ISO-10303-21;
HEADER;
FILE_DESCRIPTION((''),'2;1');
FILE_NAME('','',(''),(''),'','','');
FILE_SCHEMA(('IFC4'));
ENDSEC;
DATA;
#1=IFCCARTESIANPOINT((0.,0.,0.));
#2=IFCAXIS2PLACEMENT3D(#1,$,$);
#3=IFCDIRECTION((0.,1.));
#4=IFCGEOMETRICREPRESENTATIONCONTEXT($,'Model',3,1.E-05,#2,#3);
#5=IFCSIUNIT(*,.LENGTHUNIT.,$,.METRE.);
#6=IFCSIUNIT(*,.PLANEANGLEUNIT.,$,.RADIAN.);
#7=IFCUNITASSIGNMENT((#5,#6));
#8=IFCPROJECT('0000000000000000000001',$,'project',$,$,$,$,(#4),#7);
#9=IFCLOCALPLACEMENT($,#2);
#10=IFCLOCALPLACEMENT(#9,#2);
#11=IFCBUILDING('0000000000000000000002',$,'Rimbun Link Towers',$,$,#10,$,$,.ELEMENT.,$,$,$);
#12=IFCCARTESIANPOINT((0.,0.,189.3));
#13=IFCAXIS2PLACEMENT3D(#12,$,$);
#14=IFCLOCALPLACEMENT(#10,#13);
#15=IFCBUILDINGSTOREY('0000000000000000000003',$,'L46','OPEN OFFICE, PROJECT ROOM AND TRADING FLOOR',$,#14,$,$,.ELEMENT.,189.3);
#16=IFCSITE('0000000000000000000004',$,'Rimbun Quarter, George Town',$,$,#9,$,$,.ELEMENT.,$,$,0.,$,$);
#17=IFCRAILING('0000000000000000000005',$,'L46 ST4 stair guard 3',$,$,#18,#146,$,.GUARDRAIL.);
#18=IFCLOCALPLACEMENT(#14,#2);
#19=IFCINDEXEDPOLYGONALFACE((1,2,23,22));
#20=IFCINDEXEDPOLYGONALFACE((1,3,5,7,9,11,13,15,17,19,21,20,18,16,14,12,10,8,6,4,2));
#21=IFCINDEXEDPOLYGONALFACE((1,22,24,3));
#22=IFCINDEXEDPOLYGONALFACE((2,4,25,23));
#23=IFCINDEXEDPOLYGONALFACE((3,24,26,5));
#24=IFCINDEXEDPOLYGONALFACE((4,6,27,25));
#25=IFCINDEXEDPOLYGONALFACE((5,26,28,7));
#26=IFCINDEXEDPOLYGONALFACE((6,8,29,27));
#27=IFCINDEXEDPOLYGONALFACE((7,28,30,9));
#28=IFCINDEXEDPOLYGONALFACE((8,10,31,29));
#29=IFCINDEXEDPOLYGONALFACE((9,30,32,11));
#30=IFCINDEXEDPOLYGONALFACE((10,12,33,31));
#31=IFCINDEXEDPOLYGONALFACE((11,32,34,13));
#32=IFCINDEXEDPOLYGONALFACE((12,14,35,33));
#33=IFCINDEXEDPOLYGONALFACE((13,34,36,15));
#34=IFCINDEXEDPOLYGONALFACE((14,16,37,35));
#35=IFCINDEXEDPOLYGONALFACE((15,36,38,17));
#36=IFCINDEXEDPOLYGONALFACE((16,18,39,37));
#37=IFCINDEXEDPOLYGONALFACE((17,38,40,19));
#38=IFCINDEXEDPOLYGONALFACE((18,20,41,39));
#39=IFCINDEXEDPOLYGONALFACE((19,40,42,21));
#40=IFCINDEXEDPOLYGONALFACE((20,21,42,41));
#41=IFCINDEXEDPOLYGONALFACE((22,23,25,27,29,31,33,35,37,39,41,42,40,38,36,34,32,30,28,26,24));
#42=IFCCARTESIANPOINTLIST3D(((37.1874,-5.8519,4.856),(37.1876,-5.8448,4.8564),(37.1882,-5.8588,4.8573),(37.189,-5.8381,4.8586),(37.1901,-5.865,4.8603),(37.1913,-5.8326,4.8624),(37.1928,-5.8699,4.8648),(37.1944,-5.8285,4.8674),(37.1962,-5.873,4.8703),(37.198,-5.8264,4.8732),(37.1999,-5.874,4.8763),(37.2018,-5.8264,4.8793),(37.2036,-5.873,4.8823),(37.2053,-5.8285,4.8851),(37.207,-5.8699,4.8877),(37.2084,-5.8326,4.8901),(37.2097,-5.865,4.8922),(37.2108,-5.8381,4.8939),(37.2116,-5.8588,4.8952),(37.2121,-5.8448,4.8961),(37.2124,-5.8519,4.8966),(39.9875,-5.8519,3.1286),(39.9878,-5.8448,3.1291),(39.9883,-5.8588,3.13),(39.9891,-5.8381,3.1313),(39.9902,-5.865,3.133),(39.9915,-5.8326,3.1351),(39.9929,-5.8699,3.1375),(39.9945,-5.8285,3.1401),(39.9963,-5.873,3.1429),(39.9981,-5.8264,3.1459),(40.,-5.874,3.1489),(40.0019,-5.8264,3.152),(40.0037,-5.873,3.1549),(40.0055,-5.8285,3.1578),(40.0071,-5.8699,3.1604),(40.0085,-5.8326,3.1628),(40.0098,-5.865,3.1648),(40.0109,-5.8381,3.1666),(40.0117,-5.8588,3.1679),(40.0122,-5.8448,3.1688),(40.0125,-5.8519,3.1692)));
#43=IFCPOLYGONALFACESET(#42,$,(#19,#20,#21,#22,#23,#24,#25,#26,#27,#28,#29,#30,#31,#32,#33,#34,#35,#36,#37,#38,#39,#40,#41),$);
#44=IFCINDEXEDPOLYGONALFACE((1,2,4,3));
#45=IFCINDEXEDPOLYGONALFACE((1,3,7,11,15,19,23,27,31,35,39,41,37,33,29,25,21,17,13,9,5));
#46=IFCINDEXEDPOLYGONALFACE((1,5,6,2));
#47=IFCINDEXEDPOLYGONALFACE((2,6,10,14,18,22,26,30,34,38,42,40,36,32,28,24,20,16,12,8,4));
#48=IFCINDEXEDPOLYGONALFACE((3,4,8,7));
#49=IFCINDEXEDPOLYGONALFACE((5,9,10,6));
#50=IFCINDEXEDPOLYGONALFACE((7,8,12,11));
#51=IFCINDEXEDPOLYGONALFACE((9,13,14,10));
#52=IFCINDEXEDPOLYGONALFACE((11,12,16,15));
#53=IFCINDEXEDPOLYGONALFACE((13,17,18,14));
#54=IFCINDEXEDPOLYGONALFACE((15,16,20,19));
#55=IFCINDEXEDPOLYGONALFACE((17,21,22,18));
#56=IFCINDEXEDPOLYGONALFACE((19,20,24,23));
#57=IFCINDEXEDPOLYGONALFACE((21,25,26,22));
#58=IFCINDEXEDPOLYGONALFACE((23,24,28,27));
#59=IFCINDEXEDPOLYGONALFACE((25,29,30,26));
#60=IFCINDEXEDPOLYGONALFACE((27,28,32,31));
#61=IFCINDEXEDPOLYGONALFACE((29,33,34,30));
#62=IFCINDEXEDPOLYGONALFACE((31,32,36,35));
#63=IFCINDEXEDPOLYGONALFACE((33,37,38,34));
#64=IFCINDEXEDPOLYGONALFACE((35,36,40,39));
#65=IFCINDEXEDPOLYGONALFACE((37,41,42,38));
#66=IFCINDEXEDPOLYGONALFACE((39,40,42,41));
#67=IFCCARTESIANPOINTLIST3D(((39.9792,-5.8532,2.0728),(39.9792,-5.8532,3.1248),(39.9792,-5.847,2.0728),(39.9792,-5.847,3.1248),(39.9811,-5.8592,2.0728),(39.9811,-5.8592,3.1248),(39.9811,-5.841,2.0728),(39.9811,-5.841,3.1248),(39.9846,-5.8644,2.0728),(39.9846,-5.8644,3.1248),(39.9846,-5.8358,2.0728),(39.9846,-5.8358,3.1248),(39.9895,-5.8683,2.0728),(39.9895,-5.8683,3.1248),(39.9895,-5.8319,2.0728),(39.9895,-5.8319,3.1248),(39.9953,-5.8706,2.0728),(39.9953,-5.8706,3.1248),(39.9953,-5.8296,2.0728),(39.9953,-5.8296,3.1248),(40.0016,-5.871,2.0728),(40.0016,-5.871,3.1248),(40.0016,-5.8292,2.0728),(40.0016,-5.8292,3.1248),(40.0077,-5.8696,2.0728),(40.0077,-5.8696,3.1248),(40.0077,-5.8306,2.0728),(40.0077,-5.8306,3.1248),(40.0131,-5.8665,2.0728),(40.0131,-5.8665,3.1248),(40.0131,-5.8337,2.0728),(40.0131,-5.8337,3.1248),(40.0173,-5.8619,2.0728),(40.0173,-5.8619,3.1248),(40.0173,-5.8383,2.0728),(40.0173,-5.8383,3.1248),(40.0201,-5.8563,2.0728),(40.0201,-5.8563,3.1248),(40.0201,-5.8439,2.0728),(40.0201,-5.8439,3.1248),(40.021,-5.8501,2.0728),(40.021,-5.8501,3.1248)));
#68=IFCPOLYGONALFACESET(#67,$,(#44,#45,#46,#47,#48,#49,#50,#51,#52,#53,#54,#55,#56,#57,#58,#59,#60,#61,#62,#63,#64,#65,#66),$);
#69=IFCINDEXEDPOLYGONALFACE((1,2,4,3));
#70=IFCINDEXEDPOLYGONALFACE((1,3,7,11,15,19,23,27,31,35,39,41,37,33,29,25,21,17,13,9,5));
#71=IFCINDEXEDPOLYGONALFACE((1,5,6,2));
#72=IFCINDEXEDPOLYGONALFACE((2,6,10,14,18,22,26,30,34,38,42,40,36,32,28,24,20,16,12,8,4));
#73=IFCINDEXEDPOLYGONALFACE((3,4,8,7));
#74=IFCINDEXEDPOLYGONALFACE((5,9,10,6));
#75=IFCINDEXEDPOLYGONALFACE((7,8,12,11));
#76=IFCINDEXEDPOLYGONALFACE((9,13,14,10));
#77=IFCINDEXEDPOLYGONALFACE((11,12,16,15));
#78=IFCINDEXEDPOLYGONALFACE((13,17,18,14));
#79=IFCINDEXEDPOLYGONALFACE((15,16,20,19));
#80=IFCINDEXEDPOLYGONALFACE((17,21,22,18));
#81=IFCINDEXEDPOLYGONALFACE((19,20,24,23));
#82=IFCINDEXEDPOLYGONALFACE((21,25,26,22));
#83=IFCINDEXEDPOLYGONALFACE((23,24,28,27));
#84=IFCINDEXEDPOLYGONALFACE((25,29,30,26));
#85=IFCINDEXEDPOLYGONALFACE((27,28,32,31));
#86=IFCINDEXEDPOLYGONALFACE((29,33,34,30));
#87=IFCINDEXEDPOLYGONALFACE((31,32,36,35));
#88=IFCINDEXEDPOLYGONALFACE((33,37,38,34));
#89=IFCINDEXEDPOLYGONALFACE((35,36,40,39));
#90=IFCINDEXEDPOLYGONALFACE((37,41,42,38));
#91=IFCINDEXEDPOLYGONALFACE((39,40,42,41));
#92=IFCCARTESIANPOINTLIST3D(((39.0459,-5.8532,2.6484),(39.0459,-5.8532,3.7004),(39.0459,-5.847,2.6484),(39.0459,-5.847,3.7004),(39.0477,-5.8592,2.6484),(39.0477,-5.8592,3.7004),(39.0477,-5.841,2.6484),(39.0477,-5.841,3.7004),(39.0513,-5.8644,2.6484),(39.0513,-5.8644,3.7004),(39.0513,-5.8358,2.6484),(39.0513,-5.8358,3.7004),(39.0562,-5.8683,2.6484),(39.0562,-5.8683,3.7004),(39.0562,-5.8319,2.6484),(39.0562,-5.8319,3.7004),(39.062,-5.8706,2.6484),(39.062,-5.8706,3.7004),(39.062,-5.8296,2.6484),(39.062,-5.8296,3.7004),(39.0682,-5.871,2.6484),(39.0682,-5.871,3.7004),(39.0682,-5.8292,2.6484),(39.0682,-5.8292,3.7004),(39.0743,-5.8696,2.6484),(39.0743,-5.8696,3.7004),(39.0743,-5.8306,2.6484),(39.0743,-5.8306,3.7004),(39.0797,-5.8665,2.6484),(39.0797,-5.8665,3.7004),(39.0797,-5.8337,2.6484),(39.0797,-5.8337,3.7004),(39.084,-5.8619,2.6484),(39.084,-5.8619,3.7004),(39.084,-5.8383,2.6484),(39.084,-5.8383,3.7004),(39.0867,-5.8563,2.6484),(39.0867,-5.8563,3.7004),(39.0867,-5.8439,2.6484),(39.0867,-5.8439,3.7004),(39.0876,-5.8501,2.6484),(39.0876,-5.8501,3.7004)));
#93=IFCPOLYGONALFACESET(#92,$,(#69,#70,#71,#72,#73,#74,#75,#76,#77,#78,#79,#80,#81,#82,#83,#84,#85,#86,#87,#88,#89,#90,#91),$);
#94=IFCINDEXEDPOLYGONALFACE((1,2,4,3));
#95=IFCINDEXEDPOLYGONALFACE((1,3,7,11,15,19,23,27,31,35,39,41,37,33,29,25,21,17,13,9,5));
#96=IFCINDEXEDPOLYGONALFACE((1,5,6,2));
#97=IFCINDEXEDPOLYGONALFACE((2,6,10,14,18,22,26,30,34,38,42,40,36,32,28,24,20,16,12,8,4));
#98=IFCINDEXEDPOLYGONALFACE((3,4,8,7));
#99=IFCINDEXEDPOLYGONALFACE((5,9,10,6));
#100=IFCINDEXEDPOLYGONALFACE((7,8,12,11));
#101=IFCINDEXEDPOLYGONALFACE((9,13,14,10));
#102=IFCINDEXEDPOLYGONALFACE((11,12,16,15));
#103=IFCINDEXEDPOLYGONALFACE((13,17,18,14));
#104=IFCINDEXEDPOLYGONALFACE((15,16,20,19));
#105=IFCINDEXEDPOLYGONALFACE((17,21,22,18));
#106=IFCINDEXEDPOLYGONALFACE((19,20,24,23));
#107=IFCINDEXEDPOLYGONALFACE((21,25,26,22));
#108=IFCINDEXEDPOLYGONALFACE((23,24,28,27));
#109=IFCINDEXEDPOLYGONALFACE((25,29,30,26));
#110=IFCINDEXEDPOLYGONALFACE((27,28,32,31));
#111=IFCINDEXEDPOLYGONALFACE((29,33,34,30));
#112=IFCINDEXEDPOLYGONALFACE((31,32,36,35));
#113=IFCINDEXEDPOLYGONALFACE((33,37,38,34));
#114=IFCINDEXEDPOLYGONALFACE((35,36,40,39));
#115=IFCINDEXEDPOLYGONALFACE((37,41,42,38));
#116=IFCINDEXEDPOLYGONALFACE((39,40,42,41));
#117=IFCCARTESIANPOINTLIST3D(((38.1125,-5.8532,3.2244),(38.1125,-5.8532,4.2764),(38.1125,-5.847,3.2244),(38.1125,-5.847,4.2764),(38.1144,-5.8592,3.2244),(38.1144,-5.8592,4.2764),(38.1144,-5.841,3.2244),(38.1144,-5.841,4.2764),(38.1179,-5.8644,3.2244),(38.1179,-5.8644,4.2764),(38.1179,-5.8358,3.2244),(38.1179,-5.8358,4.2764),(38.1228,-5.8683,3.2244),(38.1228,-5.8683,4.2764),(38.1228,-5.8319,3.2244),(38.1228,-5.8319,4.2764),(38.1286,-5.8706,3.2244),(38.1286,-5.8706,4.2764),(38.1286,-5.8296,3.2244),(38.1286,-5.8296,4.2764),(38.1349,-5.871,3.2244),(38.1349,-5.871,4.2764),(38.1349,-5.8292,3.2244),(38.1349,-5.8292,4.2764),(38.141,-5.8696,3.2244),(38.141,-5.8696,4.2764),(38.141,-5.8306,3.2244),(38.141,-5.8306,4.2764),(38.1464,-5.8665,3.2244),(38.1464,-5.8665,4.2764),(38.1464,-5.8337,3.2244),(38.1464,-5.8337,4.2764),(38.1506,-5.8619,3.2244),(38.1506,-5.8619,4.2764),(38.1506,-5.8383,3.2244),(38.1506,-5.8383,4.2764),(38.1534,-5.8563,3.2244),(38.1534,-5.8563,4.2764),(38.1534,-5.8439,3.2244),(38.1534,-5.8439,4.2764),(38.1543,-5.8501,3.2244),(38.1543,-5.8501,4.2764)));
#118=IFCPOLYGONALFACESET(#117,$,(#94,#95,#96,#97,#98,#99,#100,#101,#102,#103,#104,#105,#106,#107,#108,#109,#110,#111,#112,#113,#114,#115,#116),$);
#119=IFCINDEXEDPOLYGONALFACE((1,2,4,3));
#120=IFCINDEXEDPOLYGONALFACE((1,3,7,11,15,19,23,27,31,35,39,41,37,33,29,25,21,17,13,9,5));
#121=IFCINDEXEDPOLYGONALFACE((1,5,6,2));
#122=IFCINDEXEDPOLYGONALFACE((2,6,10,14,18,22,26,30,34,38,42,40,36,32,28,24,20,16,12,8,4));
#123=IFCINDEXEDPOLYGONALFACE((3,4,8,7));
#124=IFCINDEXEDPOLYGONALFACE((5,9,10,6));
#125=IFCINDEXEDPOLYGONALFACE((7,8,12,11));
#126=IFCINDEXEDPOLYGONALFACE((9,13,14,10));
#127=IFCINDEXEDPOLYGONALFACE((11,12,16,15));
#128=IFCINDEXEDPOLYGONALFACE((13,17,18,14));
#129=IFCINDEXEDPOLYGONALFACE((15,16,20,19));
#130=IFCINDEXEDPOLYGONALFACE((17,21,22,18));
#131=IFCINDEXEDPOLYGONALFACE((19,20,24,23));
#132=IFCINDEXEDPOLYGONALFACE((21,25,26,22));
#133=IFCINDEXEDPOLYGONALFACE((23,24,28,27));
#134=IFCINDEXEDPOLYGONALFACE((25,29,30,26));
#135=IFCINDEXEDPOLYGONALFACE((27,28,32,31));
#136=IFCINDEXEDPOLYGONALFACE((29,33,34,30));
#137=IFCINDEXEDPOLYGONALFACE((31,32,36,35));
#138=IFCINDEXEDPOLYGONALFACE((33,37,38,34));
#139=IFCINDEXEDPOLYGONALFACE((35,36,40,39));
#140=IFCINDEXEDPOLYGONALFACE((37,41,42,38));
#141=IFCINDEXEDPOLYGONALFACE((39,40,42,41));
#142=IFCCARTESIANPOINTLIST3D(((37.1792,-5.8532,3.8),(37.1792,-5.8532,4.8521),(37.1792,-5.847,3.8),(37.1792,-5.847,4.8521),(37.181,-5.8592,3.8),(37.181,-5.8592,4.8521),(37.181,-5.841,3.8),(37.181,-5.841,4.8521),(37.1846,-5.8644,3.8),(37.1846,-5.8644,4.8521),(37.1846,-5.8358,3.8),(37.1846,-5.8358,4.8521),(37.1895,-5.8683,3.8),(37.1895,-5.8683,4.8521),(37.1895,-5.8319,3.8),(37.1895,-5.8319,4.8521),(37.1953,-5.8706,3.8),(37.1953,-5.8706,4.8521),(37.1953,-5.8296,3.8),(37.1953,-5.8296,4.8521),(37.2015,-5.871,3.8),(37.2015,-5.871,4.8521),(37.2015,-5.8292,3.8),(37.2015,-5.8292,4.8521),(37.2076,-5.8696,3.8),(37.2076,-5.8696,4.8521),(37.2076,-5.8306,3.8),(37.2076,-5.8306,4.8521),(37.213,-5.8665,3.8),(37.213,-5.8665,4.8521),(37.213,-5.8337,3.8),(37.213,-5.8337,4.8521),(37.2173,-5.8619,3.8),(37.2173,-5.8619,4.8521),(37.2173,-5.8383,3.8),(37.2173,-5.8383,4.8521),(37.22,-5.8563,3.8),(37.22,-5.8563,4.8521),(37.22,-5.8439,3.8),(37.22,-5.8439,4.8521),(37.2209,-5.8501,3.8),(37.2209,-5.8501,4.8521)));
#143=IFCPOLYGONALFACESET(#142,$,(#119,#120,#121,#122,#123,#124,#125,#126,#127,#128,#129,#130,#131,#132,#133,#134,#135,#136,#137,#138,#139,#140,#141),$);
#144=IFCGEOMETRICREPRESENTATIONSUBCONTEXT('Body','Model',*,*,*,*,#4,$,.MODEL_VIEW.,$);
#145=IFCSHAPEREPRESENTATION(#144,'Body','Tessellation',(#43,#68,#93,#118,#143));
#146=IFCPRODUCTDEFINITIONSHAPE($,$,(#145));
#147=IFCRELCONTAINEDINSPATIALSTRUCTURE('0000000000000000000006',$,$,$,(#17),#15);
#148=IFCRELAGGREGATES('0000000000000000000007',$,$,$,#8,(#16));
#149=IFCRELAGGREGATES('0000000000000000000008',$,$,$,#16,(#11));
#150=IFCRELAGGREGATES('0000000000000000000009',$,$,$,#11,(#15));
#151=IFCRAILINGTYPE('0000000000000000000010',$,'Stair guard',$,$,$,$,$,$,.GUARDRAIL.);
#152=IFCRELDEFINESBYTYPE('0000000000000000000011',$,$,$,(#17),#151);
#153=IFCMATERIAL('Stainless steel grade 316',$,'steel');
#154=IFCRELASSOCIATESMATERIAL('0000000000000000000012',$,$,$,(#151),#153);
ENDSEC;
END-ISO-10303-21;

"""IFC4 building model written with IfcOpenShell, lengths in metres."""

from ifc_helpers import new_model, si_unit, direction, frame, origin, origin_2d, place, context, subcontext, project, spatial, circle, extrude, material, type_object, element, save


model = new_model("IFC4")

# Units and contexts
model_context = context("Model", 3, precision=1e-05, world=origin(), true_north=direction((0.0, 1.0)))
body_context = subcontext(model_context, "Body", "Model", "MODEL_VIEW")
ifc_project = project(units=[si_unit("LENGTHUNIT", "METRE"), si_unit("PLANEANGLEUNIT", "RADIAN")], contexts=[model_context])

# Site, building, storey
site_placement = place(None, origin())
site = spatial("IfcSite", under=ifc_project, at=site_placement, Name="Rimbun Quarter, George Town", CompositionType="ELEMENT", RefElevation=0.0)
building_placement = place(site_placement, origin())
building = spatial("IfcBuilding", under=site, at=building_placement, Name="Rimbun Link Towers", CompositionType="ELEMENT")
storey_placement = place(building_placement, frame((0.0, 0.0, 189.3)))
storey = spatial("IfcBuildingStorey", under=building, at=storey_placement, Name="L46", Description="OPEN OFFICE, PROJECT ROOM AND TRADING FLOOR", CompositionType="ELEMENT", Elevation=189.3)

# Railing
ifc_material_1 = material(Name="Stainless steel grade 316", Category="steel")
railing_type_1 = type_object("IfcRailingType", Name="Stair guard", PredefinedType="GUARDRAIL", material=ifc_material_1)
railing_1_placement = place(storey_placement, frame((40.0, -5.8501, 2.0728)))
element("IfcRailing", 1, at=railing_1_placement, inside=storey, type_object=railing_type_1, Name="L46 ST4 stair guard 3", PredefinedType="GUARDRAIL", context=body_context, shape_type="SweptSolid", body=[
    extrude(circle(Radius=0.0239, at=origin_2d()), frame((0.0, 0.0, 1.0762), z_axis=(-0.85109, 0.0, 0.52502), x_axis=(0.0, -1.0, 0.0)), (0.0, 0.0, 1.0), 3.29),
    extrude(circle(Radius=0.021, at=origin_2d()), origin(), (0.0, 0.0, 1.0), 1.052),
    extrude(circle(Radius=0.021, at=origin_2d()), frame((-0.9333, 0.0, 0.5757)), (0.0, 0.0, 1.0), 1.052),
    extrude(circle(Radius=0.021, at=origin_2d()), frame((-1.8667, 0.0, 1.1516)), (0.0, 0.0, 1.0), 1.052),
    extrude(circle(Radius=0.021, at=origin_2d()), frame((-2.8, 0.0, 1.7273)), (0.0, 0.0, 1.0), 1.052),
])

save(model, "model.ifc")
